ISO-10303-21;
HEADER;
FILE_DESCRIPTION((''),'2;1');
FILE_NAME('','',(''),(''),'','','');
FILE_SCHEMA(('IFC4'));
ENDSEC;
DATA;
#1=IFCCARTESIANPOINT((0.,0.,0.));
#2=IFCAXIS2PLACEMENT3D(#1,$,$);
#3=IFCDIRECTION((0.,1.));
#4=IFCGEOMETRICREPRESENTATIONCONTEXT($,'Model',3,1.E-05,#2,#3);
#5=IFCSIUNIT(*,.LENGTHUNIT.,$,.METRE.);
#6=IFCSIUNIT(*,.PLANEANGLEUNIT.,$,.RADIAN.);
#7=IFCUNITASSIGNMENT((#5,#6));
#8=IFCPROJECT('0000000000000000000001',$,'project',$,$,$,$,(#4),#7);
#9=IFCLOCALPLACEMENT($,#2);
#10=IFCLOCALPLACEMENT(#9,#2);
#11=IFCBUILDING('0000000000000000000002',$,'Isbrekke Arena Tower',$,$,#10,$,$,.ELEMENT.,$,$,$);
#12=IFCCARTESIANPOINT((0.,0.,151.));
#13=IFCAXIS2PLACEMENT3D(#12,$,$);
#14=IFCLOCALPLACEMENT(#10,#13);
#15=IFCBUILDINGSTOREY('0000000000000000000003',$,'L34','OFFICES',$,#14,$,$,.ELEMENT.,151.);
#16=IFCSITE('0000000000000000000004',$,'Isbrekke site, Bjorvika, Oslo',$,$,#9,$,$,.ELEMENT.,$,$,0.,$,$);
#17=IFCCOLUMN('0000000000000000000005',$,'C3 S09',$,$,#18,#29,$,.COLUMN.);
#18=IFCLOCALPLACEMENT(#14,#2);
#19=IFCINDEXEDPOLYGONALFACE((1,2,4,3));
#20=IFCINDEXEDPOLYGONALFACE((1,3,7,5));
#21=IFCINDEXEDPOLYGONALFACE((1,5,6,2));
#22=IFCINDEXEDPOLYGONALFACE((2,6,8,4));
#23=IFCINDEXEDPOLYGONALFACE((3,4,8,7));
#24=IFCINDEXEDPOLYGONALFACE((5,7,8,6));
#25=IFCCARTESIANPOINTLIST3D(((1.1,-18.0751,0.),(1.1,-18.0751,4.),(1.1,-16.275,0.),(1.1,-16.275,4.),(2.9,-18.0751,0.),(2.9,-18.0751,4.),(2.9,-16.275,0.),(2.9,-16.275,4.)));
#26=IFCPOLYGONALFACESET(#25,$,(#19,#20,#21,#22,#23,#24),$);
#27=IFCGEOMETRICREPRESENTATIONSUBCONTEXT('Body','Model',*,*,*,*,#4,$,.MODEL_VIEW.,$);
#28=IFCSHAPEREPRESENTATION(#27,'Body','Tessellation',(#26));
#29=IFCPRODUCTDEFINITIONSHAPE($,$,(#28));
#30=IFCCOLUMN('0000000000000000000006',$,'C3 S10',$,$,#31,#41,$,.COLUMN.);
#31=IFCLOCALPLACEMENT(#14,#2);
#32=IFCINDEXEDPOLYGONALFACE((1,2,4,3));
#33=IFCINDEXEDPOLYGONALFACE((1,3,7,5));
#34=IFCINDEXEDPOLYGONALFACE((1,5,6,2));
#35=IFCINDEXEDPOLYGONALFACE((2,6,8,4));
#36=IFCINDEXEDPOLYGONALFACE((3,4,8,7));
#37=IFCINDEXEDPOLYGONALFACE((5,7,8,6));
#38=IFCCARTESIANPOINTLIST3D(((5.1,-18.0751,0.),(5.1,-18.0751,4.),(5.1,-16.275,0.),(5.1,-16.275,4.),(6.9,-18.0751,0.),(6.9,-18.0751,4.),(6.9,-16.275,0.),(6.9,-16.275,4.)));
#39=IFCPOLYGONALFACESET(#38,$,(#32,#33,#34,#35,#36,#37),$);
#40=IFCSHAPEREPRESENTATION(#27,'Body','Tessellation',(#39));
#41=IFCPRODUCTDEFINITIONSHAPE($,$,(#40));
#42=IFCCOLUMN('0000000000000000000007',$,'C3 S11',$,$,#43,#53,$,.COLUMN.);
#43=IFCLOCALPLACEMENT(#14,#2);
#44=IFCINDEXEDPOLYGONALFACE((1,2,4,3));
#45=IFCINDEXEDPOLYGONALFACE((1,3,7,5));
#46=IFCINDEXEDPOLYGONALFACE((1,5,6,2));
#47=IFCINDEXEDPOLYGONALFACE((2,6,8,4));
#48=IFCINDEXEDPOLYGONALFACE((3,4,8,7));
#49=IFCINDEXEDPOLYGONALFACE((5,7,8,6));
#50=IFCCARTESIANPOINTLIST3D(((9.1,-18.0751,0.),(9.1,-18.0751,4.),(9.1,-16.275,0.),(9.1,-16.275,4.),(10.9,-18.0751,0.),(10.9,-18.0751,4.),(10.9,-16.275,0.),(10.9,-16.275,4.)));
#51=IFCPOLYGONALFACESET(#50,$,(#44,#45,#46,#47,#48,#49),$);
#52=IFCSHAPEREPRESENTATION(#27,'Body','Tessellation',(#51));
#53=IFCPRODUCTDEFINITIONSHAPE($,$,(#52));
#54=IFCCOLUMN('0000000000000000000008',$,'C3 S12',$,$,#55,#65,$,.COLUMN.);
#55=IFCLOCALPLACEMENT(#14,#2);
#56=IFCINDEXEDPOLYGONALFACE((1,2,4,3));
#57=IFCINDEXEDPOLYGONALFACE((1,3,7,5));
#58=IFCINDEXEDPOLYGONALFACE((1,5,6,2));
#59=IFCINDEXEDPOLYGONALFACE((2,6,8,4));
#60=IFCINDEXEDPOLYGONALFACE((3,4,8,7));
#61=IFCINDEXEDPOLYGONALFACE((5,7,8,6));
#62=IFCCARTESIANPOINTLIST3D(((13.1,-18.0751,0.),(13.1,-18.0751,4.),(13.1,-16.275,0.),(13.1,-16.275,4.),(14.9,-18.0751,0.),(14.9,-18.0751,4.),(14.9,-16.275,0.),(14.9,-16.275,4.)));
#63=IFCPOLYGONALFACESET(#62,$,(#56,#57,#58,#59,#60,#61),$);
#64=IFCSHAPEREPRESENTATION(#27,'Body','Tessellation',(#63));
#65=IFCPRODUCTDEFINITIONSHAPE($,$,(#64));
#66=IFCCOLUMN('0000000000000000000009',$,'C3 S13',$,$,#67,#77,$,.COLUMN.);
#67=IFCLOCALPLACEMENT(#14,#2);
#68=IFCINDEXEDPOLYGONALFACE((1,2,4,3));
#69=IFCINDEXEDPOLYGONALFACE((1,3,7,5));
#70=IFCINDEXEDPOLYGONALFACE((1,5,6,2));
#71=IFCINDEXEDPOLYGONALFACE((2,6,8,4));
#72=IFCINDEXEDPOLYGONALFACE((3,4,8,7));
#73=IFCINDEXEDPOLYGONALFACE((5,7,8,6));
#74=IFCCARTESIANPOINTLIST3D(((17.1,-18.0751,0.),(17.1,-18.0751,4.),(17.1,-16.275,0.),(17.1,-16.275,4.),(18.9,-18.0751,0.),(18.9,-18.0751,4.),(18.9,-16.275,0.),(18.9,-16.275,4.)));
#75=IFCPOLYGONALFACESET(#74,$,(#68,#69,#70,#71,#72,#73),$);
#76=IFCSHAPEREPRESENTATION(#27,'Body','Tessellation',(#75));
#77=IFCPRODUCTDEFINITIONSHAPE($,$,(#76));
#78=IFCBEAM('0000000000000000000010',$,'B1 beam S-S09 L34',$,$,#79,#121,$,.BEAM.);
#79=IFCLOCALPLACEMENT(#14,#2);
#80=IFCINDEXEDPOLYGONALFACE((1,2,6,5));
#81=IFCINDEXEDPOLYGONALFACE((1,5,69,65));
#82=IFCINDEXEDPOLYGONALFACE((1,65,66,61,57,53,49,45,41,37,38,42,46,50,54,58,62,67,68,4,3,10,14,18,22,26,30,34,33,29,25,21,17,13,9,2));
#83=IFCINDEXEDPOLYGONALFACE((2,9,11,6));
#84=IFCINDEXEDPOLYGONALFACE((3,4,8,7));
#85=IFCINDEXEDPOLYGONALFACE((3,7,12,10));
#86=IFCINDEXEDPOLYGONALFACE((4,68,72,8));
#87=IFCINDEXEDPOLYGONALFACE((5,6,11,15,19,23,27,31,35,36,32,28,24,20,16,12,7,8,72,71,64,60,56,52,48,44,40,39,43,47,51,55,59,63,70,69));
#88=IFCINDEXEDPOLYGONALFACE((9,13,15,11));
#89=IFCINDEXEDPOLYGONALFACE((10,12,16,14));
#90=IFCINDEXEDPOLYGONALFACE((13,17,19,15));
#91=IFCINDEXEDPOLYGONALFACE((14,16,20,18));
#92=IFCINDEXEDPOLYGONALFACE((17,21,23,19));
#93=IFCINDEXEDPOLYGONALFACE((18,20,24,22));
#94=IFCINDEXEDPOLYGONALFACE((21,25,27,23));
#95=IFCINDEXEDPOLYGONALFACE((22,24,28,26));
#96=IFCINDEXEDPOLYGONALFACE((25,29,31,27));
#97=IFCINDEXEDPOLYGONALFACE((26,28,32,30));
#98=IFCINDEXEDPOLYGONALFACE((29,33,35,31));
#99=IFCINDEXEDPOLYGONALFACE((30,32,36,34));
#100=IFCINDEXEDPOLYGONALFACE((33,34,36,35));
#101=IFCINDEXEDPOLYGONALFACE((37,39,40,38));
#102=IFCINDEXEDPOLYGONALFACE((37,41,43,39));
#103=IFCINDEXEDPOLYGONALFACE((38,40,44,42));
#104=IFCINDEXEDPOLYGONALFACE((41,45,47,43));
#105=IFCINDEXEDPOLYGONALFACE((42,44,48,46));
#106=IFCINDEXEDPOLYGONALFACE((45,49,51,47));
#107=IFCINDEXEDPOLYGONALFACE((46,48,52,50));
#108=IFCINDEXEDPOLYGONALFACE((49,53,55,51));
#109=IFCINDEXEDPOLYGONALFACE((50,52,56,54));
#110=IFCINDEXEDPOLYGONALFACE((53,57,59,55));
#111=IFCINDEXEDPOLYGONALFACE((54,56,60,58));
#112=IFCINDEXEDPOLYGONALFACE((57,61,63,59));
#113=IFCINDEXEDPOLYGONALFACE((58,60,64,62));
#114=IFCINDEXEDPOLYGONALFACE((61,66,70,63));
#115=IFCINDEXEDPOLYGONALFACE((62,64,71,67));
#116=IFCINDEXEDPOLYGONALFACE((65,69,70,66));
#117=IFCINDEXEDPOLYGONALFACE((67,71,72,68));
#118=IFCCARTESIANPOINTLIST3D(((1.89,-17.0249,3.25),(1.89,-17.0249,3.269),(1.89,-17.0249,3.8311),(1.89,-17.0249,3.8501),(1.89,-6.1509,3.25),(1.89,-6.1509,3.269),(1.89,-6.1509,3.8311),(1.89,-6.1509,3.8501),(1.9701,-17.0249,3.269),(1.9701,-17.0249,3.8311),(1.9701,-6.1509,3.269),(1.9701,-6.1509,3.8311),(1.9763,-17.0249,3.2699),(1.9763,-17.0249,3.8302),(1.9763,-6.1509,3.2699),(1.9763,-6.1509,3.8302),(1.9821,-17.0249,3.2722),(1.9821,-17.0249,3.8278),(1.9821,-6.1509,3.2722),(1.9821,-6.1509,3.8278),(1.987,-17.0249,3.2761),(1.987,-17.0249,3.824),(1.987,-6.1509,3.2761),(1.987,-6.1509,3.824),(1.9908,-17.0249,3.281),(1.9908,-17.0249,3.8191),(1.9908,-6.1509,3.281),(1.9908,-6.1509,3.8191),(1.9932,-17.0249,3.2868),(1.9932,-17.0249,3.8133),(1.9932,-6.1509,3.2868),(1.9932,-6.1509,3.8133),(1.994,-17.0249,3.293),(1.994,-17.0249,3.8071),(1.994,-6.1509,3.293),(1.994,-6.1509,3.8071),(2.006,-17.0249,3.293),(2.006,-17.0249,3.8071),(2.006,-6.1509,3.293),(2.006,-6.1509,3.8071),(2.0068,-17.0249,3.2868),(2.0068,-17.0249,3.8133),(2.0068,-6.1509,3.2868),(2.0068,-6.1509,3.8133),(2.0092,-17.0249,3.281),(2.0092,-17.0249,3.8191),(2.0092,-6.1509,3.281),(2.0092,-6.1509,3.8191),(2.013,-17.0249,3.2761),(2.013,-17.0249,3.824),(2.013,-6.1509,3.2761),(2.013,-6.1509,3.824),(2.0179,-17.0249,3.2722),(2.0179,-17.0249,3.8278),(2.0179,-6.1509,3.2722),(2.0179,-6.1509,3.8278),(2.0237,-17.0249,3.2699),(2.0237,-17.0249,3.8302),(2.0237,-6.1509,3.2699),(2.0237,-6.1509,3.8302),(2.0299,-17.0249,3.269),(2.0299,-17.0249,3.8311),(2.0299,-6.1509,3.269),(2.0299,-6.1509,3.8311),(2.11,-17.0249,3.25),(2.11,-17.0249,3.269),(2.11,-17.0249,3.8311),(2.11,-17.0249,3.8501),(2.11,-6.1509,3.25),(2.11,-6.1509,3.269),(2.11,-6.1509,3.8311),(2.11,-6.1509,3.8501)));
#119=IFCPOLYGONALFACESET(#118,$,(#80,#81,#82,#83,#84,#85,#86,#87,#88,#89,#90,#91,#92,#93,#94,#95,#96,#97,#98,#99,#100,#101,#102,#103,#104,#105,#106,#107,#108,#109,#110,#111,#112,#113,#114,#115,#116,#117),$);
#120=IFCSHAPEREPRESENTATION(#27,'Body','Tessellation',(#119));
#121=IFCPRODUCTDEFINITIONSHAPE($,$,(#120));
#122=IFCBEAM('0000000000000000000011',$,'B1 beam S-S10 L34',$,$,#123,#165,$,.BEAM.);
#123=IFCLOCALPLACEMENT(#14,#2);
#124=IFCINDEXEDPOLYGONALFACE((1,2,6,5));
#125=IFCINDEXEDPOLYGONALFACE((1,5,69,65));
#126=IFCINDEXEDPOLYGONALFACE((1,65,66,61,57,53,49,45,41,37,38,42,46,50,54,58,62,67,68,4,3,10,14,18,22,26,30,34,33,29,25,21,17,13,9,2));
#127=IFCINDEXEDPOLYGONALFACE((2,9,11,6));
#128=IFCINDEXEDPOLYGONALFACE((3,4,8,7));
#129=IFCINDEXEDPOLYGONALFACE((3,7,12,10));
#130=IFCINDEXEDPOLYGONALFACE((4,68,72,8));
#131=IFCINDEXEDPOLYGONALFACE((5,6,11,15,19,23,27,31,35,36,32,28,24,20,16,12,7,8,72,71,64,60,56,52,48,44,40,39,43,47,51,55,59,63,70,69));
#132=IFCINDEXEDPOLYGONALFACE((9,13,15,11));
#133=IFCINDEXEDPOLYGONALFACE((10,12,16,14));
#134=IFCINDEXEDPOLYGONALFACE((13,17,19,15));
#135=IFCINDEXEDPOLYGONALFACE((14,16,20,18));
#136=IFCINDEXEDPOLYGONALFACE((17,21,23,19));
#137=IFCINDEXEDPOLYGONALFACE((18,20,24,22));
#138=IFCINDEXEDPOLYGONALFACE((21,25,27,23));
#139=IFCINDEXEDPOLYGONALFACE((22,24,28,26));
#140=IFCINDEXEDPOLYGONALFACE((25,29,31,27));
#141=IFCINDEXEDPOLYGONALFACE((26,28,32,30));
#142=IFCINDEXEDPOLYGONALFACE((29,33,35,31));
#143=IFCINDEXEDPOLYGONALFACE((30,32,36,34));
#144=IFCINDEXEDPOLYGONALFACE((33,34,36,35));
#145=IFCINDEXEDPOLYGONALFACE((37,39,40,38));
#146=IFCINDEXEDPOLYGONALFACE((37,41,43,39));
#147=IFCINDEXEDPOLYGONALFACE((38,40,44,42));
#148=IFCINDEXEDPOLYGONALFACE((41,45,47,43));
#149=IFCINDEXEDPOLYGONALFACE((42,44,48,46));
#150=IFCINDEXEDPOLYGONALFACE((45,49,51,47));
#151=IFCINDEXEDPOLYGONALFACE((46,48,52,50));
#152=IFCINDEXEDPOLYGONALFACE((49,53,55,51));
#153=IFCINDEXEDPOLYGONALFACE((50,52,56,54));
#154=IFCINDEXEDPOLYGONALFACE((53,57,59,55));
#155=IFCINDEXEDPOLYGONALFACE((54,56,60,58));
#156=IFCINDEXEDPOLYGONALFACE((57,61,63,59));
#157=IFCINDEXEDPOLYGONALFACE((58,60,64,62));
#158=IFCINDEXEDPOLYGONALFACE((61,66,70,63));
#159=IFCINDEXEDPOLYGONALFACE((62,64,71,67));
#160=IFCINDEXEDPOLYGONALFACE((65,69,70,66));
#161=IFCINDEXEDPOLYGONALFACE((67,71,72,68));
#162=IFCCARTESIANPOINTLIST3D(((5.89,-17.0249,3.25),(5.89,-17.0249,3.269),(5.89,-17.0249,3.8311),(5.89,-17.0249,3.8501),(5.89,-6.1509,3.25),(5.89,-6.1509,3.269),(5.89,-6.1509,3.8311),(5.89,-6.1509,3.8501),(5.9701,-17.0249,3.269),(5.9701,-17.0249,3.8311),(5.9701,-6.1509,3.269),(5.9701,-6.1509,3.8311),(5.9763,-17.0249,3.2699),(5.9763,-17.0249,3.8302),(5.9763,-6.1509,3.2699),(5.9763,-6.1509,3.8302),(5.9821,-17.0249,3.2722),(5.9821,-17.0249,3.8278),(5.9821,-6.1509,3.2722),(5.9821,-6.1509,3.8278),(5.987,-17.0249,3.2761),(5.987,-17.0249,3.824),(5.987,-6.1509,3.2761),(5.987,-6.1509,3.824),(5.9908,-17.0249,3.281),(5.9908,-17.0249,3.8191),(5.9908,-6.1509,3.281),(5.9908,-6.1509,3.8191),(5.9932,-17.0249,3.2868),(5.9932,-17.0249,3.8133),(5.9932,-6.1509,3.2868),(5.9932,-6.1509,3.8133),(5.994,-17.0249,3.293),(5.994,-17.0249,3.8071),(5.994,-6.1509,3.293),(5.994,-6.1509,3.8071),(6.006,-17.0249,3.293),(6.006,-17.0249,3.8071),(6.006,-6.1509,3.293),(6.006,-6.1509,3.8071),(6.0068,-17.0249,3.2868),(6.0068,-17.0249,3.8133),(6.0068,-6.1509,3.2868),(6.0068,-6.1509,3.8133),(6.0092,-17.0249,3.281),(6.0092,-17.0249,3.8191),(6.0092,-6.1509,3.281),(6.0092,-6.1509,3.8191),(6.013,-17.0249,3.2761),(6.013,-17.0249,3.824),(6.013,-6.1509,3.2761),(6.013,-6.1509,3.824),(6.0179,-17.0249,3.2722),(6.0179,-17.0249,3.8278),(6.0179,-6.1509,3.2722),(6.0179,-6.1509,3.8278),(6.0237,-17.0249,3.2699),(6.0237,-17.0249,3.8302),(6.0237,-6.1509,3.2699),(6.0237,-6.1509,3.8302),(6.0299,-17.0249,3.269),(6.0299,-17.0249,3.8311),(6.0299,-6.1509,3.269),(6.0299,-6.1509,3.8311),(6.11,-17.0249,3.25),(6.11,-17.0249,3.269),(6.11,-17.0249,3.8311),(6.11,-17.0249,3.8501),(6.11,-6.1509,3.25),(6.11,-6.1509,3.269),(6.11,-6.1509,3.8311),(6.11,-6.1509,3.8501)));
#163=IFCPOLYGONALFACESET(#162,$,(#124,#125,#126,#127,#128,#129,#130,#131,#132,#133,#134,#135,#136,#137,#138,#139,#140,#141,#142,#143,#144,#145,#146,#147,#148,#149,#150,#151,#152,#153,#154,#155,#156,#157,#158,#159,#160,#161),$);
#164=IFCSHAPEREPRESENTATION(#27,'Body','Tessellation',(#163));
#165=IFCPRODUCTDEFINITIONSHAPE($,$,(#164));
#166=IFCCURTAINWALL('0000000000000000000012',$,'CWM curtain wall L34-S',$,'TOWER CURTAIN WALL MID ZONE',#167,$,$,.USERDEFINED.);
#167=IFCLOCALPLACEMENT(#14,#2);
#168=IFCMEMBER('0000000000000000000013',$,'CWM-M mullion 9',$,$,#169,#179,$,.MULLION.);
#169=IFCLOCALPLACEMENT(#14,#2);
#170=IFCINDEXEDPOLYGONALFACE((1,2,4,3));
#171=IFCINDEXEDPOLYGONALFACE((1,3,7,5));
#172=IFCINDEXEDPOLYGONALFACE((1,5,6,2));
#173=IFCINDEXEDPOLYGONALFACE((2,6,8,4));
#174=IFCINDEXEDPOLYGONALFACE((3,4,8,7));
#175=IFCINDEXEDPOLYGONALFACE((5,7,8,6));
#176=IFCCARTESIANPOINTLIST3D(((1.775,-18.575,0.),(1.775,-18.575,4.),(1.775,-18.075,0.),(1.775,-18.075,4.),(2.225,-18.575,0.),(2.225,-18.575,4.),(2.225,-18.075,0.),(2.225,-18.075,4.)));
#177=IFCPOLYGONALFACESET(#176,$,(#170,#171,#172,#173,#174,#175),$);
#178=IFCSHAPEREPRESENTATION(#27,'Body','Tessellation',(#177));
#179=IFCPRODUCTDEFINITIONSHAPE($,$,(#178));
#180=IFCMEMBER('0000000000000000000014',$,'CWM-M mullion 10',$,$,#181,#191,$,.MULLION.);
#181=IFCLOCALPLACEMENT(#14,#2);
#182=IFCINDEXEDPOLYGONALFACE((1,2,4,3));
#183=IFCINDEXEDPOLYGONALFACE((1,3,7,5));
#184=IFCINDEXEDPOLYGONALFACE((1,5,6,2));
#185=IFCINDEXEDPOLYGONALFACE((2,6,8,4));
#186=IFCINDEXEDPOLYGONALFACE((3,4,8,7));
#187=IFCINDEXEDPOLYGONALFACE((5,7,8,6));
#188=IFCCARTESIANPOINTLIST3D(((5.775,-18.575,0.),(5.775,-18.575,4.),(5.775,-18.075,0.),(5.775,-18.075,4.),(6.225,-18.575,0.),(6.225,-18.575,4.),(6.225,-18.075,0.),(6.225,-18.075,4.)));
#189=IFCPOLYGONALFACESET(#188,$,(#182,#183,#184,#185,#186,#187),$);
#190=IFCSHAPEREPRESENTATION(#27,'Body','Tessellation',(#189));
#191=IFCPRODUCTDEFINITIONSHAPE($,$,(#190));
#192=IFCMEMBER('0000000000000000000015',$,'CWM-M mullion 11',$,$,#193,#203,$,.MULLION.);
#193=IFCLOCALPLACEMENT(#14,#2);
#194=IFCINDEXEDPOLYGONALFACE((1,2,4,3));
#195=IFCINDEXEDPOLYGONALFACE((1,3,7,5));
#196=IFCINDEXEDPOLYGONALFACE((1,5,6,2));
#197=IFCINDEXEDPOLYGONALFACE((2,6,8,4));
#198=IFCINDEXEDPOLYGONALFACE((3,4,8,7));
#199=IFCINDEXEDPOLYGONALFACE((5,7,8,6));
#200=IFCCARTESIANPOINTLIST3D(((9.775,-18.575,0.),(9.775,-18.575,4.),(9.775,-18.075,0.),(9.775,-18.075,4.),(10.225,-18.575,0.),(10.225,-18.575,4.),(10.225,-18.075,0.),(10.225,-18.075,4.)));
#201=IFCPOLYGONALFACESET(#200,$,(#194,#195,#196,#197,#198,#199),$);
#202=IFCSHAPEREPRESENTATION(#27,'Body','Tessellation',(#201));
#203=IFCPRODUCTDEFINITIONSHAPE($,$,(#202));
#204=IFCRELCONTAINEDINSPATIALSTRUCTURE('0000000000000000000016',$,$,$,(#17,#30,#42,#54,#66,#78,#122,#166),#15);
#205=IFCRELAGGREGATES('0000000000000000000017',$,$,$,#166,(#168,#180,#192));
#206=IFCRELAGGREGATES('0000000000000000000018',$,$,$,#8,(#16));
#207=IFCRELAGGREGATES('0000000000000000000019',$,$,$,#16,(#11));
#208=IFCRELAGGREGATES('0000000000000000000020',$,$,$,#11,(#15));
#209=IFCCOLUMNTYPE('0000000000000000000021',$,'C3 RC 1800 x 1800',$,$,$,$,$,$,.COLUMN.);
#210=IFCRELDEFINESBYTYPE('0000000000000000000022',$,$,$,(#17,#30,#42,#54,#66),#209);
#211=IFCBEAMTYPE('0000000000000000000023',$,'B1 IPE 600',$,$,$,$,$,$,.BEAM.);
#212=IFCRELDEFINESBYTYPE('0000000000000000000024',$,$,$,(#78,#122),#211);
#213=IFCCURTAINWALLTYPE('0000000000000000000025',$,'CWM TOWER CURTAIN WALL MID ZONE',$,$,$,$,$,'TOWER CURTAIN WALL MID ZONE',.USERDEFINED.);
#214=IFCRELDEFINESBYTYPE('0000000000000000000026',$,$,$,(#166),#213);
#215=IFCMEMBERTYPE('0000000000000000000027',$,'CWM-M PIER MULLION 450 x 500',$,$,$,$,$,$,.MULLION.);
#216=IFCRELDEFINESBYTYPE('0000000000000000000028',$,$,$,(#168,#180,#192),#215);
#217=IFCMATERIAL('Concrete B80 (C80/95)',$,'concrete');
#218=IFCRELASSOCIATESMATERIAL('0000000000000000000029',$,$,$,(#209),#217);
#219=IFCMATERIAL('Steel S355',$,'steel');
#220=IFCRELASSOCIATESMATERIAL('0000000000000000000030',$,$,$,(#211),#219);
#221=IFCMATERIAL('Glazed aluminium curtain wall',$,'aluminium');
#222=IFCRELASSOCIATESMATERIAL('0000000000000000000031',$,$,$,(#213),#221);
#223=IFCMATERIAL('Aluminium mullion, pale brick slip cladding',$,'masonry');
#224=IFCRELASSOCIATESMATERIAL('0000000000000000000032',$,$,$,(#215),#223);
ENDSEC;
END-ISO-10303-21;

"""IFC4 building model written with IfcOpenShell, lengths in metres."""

from ifc_helpers import new_model, si_unit, direction, frame, origin, origin_2d, place, context, subcontext, project, spatial, rectangle, i_section, extrude, material, material_profile, profile_set, type_object, element, aggregate, save


model = new_model("IFC4")

# Units and contexts
model_context = context("Model", 3, precision=1e-05, world=origin(), true_north=direction((0.0, 1.0)))
body_context = subcontext(model_context, "Body", "Model", "MODEL_VIEW")
ifc_project = project(units=[si_unit("LENGTHUNIT", "METRE"), si_unit("PLANEANGLEUNIT", "RADIAN")], contexts=[model_context])

# Site, building, storey
site_placement = place(None, origin())
site = spatial("IfcSite", under=ifc_project, at=site_placement, Name="Isbrekke site, Bjorvika, Oslo", CompositionType="ELEMENT", RefElevation=0.0)
building_placement = place(site_placement, origin())
building = spatial("IfcBuilding", under=site, at=building_placement, Name="Isbrekke Arena Tower", CompositionType="ELEMENT")
storey_placement = place(building_placement, frame((0.0, 0.0, 151.0)))
storey = spatial("IfcBuildingStorey", under=building, at=storey_placement, Name="L34", Description="OFFICES", CompositionType="ELEMENT", Elevation=151.0)

# Columns
ifc_material_1 = material(Name="Concrete B80 (C80/95)", Category="concrete")
ifc_material_profile_1 = material_profile(ifc_material_1, rectangle(XDim=1.8, YDim=1.8, at=origin_2d()), Name="RC 1800x1800")
ifc_profile_set_1 = profile_set([ifc_material_profile_1], Name="Concrete B80 (C80/95)")
column_type = type_object("IfcColumnType", Name="C3 RC 1800 x 1800", PredefinedType="COLUMN", material=ifc_profile_set_1)
for number, where, z_axis, x_axis, name in (
    (1, (2.0, -17.175, 0.0), (0.0, 0.0, 1.0), (1.0, 0.0, 0.0), "C3 S09"),
    (2, (6.0, -17.175, 0.0), (0.0, 0.0, 1.0), (1.0, 0.0, 0.0), "C3 S10"),
    (3, (10.0, -17.175, 0.0), (0.0, 0.0, 1.0), (1.0, 0.0, 0.0), "C3 S11"),
    (4, (14.0, -17.175, 0.0), (0.0, 0.0, 1.0), (1.0, 0.0, 0.0), "C3 S12"),
    (5, (18.0, -17.175, 0.0), (0.0, 0.0, 1.0), (1.0, 0.0, 0.0), "C3 S13"),
):
    element("IfcColumn", number, at=place(storey_placement, frame(where, z_axis=z_axis, x_axis=x_axis)), inside=storey, type_object=column_type, Name=name, PredefinedType="COLUMN", context=body_context, shape_type="SweptSolid", body=[
        extrude(rectangle(XDim=1.8, YDim=1.8, at=origin_2d()), origin(), (0.0, 0.0, 1.0), 4.0),
    ])

# Beams
ifc_material_2 = material(Name="Steel S355", Category="steel")
ifc_material_profile_2 = material_profile(ifc_material_2, i_section(OverallWidth=0.22, OverallDepth=0.6001, WebThickness=0.012, FlangeThickness=0.019, FilletRadius=0.0239, at=origin_2d()), Name="IPE 600")
ifc_profile_set_2 = profile_set([ifc_material_profile_2], Name="Steel S355")
beam_type_1 = type_object("IfcBeamType", Name="B1 IPE 600", PredefinedType="BEAM", material=ifc_profile_set_2)
for number, where, z_axis, x_axis, name in (
    (6, (2.0, -17.0249, 3.55), (0.0, 1.0, 0.0), (-1.0, 0.0, 0.0), "B1 beam S-S09 L34"),
    (7, (6.0, -17.0249, 3.55), (0.0, 1.0, 0.0), (-1.0, 0.0, 0.0), "B1 beam S-S10 L34"),
):
    element("IfcBeam", number, at=place(storey_placement, frame(where, z_axis=z_axis, x_axis=x_axis)), inside=storey, type_object=beam_type_1, Name=name, PredefinedType="BEAM", context=body_context, shape_type="SweptSolid", body=[
        extrude(i_section(OverallWidth=0.22, OverallDepth=0.6001, WebThickness=0.012, FlangeThickness=0.019, FilletRadius=0.0239, at=origin_2d()), origin(), (0.0, 0.0, 1.0), 10.874),
    ])

# Curtain wall, members
ifc_material_3 = material(Name="Glazed aluminium curtain wall", Category="aluminium")
curtain_wall_type = type_object("IfcCurtainWallType", Name="CWM TOWER CURTAIN WALL MID ZONE", ElementType="TOWER CURTAIN WALL MID ZONE", PredefinedType="USERDEFINED", material=ifc_material_3)
curtain_wall_placement = place(storey_placement, origin())
curtain_wall = element("IfcCurtainWall", 8, at=curtain_wall_placement, inside=storey, type_object=curtain_wall_type, Name="CWM curtain wall L34-S", ObjectType="TOWER CURTAIN WALL MID ZONE", PredefinedType="USERDEFINED")
ifc_material_4 = material(Name="Aluminium mullion, pale brick slip cladding", Category="masonry")
ifc_material_profile_3 = material_profile(ifc_material_4, rectangle(XDim=0.45, YDim=0.5, at=origin_2d()), Name="PIER 450X500")
ifc_profile_set_3 = profile_set([ifc_material_profile_3], Name="Aluminium mullion, pale brick slip cladding")
member_type_1 = type_object("IfcMemberType", Name="CWM-M PIER MULLION 450 x 500", PredefinedType="MULLION", material=ifc_profile_set_3)
member_1_placement = place(storey_placement, frame((2.0, -18.325, 0.0), z_axis=(0.0, 0.0, 1.0), x_axis=(1.0, 0.0, 0.0)))
member_1 = element("IfcMember", 9, at=member_1_placement, type_object=member_type_1, Name="CWM-M mullion 9", PredefinedType="MULLION", context=body_context, shape_type="SweptSolid", body=[
    extrude(rectangle(XDim=0.45, YDim=0.5, at=origin_2d()), origin(), (0.0, 0.0, 1.0), 4.0),
])
member_2_placement = place(storey_placement, frame((6.0, -18.325, 0.0), z_axis=(0.0, 0.0, 1.0), x_axis=(1.0, 0.0, 0.0)))
member_2 = element("IfcMember", 10, at=member_2_placement, type_object=member_type_1, Name="CWM-M mullion 10", PredefinedType="MULLION", context=body_context, shape_type="SweptSolid", body=[
    extrude(rectangle(XDim=0.45, YDim=0.5, at=origin_2d()), origin(), (0.0, 0.0, 1.0), 4.0),
])
member_3_placement = place(storey_placement, frame((10.0, -18.325, 0.0), z_axis=(0.0, 0.0, 1.0), x_axis=(1.0, 0.0, 0.0)))
member_3 = element("IfcMember", 11, at=member_3_placement, type_object=member_type_1, Name="CWM-M mullion 11", PredefinedType="MULLION", context=body_context, shape_type="SweptSolid", body=[
    extrude(rectangle(XDim=0.45, YDim=0.5, at=origin_2d()), origin(), (0.0, 0.0, 1.0), 4.0),
])

aggregate(curtain_wall, [member_1, member_2, member_3])

save(model, "model.ifc")
